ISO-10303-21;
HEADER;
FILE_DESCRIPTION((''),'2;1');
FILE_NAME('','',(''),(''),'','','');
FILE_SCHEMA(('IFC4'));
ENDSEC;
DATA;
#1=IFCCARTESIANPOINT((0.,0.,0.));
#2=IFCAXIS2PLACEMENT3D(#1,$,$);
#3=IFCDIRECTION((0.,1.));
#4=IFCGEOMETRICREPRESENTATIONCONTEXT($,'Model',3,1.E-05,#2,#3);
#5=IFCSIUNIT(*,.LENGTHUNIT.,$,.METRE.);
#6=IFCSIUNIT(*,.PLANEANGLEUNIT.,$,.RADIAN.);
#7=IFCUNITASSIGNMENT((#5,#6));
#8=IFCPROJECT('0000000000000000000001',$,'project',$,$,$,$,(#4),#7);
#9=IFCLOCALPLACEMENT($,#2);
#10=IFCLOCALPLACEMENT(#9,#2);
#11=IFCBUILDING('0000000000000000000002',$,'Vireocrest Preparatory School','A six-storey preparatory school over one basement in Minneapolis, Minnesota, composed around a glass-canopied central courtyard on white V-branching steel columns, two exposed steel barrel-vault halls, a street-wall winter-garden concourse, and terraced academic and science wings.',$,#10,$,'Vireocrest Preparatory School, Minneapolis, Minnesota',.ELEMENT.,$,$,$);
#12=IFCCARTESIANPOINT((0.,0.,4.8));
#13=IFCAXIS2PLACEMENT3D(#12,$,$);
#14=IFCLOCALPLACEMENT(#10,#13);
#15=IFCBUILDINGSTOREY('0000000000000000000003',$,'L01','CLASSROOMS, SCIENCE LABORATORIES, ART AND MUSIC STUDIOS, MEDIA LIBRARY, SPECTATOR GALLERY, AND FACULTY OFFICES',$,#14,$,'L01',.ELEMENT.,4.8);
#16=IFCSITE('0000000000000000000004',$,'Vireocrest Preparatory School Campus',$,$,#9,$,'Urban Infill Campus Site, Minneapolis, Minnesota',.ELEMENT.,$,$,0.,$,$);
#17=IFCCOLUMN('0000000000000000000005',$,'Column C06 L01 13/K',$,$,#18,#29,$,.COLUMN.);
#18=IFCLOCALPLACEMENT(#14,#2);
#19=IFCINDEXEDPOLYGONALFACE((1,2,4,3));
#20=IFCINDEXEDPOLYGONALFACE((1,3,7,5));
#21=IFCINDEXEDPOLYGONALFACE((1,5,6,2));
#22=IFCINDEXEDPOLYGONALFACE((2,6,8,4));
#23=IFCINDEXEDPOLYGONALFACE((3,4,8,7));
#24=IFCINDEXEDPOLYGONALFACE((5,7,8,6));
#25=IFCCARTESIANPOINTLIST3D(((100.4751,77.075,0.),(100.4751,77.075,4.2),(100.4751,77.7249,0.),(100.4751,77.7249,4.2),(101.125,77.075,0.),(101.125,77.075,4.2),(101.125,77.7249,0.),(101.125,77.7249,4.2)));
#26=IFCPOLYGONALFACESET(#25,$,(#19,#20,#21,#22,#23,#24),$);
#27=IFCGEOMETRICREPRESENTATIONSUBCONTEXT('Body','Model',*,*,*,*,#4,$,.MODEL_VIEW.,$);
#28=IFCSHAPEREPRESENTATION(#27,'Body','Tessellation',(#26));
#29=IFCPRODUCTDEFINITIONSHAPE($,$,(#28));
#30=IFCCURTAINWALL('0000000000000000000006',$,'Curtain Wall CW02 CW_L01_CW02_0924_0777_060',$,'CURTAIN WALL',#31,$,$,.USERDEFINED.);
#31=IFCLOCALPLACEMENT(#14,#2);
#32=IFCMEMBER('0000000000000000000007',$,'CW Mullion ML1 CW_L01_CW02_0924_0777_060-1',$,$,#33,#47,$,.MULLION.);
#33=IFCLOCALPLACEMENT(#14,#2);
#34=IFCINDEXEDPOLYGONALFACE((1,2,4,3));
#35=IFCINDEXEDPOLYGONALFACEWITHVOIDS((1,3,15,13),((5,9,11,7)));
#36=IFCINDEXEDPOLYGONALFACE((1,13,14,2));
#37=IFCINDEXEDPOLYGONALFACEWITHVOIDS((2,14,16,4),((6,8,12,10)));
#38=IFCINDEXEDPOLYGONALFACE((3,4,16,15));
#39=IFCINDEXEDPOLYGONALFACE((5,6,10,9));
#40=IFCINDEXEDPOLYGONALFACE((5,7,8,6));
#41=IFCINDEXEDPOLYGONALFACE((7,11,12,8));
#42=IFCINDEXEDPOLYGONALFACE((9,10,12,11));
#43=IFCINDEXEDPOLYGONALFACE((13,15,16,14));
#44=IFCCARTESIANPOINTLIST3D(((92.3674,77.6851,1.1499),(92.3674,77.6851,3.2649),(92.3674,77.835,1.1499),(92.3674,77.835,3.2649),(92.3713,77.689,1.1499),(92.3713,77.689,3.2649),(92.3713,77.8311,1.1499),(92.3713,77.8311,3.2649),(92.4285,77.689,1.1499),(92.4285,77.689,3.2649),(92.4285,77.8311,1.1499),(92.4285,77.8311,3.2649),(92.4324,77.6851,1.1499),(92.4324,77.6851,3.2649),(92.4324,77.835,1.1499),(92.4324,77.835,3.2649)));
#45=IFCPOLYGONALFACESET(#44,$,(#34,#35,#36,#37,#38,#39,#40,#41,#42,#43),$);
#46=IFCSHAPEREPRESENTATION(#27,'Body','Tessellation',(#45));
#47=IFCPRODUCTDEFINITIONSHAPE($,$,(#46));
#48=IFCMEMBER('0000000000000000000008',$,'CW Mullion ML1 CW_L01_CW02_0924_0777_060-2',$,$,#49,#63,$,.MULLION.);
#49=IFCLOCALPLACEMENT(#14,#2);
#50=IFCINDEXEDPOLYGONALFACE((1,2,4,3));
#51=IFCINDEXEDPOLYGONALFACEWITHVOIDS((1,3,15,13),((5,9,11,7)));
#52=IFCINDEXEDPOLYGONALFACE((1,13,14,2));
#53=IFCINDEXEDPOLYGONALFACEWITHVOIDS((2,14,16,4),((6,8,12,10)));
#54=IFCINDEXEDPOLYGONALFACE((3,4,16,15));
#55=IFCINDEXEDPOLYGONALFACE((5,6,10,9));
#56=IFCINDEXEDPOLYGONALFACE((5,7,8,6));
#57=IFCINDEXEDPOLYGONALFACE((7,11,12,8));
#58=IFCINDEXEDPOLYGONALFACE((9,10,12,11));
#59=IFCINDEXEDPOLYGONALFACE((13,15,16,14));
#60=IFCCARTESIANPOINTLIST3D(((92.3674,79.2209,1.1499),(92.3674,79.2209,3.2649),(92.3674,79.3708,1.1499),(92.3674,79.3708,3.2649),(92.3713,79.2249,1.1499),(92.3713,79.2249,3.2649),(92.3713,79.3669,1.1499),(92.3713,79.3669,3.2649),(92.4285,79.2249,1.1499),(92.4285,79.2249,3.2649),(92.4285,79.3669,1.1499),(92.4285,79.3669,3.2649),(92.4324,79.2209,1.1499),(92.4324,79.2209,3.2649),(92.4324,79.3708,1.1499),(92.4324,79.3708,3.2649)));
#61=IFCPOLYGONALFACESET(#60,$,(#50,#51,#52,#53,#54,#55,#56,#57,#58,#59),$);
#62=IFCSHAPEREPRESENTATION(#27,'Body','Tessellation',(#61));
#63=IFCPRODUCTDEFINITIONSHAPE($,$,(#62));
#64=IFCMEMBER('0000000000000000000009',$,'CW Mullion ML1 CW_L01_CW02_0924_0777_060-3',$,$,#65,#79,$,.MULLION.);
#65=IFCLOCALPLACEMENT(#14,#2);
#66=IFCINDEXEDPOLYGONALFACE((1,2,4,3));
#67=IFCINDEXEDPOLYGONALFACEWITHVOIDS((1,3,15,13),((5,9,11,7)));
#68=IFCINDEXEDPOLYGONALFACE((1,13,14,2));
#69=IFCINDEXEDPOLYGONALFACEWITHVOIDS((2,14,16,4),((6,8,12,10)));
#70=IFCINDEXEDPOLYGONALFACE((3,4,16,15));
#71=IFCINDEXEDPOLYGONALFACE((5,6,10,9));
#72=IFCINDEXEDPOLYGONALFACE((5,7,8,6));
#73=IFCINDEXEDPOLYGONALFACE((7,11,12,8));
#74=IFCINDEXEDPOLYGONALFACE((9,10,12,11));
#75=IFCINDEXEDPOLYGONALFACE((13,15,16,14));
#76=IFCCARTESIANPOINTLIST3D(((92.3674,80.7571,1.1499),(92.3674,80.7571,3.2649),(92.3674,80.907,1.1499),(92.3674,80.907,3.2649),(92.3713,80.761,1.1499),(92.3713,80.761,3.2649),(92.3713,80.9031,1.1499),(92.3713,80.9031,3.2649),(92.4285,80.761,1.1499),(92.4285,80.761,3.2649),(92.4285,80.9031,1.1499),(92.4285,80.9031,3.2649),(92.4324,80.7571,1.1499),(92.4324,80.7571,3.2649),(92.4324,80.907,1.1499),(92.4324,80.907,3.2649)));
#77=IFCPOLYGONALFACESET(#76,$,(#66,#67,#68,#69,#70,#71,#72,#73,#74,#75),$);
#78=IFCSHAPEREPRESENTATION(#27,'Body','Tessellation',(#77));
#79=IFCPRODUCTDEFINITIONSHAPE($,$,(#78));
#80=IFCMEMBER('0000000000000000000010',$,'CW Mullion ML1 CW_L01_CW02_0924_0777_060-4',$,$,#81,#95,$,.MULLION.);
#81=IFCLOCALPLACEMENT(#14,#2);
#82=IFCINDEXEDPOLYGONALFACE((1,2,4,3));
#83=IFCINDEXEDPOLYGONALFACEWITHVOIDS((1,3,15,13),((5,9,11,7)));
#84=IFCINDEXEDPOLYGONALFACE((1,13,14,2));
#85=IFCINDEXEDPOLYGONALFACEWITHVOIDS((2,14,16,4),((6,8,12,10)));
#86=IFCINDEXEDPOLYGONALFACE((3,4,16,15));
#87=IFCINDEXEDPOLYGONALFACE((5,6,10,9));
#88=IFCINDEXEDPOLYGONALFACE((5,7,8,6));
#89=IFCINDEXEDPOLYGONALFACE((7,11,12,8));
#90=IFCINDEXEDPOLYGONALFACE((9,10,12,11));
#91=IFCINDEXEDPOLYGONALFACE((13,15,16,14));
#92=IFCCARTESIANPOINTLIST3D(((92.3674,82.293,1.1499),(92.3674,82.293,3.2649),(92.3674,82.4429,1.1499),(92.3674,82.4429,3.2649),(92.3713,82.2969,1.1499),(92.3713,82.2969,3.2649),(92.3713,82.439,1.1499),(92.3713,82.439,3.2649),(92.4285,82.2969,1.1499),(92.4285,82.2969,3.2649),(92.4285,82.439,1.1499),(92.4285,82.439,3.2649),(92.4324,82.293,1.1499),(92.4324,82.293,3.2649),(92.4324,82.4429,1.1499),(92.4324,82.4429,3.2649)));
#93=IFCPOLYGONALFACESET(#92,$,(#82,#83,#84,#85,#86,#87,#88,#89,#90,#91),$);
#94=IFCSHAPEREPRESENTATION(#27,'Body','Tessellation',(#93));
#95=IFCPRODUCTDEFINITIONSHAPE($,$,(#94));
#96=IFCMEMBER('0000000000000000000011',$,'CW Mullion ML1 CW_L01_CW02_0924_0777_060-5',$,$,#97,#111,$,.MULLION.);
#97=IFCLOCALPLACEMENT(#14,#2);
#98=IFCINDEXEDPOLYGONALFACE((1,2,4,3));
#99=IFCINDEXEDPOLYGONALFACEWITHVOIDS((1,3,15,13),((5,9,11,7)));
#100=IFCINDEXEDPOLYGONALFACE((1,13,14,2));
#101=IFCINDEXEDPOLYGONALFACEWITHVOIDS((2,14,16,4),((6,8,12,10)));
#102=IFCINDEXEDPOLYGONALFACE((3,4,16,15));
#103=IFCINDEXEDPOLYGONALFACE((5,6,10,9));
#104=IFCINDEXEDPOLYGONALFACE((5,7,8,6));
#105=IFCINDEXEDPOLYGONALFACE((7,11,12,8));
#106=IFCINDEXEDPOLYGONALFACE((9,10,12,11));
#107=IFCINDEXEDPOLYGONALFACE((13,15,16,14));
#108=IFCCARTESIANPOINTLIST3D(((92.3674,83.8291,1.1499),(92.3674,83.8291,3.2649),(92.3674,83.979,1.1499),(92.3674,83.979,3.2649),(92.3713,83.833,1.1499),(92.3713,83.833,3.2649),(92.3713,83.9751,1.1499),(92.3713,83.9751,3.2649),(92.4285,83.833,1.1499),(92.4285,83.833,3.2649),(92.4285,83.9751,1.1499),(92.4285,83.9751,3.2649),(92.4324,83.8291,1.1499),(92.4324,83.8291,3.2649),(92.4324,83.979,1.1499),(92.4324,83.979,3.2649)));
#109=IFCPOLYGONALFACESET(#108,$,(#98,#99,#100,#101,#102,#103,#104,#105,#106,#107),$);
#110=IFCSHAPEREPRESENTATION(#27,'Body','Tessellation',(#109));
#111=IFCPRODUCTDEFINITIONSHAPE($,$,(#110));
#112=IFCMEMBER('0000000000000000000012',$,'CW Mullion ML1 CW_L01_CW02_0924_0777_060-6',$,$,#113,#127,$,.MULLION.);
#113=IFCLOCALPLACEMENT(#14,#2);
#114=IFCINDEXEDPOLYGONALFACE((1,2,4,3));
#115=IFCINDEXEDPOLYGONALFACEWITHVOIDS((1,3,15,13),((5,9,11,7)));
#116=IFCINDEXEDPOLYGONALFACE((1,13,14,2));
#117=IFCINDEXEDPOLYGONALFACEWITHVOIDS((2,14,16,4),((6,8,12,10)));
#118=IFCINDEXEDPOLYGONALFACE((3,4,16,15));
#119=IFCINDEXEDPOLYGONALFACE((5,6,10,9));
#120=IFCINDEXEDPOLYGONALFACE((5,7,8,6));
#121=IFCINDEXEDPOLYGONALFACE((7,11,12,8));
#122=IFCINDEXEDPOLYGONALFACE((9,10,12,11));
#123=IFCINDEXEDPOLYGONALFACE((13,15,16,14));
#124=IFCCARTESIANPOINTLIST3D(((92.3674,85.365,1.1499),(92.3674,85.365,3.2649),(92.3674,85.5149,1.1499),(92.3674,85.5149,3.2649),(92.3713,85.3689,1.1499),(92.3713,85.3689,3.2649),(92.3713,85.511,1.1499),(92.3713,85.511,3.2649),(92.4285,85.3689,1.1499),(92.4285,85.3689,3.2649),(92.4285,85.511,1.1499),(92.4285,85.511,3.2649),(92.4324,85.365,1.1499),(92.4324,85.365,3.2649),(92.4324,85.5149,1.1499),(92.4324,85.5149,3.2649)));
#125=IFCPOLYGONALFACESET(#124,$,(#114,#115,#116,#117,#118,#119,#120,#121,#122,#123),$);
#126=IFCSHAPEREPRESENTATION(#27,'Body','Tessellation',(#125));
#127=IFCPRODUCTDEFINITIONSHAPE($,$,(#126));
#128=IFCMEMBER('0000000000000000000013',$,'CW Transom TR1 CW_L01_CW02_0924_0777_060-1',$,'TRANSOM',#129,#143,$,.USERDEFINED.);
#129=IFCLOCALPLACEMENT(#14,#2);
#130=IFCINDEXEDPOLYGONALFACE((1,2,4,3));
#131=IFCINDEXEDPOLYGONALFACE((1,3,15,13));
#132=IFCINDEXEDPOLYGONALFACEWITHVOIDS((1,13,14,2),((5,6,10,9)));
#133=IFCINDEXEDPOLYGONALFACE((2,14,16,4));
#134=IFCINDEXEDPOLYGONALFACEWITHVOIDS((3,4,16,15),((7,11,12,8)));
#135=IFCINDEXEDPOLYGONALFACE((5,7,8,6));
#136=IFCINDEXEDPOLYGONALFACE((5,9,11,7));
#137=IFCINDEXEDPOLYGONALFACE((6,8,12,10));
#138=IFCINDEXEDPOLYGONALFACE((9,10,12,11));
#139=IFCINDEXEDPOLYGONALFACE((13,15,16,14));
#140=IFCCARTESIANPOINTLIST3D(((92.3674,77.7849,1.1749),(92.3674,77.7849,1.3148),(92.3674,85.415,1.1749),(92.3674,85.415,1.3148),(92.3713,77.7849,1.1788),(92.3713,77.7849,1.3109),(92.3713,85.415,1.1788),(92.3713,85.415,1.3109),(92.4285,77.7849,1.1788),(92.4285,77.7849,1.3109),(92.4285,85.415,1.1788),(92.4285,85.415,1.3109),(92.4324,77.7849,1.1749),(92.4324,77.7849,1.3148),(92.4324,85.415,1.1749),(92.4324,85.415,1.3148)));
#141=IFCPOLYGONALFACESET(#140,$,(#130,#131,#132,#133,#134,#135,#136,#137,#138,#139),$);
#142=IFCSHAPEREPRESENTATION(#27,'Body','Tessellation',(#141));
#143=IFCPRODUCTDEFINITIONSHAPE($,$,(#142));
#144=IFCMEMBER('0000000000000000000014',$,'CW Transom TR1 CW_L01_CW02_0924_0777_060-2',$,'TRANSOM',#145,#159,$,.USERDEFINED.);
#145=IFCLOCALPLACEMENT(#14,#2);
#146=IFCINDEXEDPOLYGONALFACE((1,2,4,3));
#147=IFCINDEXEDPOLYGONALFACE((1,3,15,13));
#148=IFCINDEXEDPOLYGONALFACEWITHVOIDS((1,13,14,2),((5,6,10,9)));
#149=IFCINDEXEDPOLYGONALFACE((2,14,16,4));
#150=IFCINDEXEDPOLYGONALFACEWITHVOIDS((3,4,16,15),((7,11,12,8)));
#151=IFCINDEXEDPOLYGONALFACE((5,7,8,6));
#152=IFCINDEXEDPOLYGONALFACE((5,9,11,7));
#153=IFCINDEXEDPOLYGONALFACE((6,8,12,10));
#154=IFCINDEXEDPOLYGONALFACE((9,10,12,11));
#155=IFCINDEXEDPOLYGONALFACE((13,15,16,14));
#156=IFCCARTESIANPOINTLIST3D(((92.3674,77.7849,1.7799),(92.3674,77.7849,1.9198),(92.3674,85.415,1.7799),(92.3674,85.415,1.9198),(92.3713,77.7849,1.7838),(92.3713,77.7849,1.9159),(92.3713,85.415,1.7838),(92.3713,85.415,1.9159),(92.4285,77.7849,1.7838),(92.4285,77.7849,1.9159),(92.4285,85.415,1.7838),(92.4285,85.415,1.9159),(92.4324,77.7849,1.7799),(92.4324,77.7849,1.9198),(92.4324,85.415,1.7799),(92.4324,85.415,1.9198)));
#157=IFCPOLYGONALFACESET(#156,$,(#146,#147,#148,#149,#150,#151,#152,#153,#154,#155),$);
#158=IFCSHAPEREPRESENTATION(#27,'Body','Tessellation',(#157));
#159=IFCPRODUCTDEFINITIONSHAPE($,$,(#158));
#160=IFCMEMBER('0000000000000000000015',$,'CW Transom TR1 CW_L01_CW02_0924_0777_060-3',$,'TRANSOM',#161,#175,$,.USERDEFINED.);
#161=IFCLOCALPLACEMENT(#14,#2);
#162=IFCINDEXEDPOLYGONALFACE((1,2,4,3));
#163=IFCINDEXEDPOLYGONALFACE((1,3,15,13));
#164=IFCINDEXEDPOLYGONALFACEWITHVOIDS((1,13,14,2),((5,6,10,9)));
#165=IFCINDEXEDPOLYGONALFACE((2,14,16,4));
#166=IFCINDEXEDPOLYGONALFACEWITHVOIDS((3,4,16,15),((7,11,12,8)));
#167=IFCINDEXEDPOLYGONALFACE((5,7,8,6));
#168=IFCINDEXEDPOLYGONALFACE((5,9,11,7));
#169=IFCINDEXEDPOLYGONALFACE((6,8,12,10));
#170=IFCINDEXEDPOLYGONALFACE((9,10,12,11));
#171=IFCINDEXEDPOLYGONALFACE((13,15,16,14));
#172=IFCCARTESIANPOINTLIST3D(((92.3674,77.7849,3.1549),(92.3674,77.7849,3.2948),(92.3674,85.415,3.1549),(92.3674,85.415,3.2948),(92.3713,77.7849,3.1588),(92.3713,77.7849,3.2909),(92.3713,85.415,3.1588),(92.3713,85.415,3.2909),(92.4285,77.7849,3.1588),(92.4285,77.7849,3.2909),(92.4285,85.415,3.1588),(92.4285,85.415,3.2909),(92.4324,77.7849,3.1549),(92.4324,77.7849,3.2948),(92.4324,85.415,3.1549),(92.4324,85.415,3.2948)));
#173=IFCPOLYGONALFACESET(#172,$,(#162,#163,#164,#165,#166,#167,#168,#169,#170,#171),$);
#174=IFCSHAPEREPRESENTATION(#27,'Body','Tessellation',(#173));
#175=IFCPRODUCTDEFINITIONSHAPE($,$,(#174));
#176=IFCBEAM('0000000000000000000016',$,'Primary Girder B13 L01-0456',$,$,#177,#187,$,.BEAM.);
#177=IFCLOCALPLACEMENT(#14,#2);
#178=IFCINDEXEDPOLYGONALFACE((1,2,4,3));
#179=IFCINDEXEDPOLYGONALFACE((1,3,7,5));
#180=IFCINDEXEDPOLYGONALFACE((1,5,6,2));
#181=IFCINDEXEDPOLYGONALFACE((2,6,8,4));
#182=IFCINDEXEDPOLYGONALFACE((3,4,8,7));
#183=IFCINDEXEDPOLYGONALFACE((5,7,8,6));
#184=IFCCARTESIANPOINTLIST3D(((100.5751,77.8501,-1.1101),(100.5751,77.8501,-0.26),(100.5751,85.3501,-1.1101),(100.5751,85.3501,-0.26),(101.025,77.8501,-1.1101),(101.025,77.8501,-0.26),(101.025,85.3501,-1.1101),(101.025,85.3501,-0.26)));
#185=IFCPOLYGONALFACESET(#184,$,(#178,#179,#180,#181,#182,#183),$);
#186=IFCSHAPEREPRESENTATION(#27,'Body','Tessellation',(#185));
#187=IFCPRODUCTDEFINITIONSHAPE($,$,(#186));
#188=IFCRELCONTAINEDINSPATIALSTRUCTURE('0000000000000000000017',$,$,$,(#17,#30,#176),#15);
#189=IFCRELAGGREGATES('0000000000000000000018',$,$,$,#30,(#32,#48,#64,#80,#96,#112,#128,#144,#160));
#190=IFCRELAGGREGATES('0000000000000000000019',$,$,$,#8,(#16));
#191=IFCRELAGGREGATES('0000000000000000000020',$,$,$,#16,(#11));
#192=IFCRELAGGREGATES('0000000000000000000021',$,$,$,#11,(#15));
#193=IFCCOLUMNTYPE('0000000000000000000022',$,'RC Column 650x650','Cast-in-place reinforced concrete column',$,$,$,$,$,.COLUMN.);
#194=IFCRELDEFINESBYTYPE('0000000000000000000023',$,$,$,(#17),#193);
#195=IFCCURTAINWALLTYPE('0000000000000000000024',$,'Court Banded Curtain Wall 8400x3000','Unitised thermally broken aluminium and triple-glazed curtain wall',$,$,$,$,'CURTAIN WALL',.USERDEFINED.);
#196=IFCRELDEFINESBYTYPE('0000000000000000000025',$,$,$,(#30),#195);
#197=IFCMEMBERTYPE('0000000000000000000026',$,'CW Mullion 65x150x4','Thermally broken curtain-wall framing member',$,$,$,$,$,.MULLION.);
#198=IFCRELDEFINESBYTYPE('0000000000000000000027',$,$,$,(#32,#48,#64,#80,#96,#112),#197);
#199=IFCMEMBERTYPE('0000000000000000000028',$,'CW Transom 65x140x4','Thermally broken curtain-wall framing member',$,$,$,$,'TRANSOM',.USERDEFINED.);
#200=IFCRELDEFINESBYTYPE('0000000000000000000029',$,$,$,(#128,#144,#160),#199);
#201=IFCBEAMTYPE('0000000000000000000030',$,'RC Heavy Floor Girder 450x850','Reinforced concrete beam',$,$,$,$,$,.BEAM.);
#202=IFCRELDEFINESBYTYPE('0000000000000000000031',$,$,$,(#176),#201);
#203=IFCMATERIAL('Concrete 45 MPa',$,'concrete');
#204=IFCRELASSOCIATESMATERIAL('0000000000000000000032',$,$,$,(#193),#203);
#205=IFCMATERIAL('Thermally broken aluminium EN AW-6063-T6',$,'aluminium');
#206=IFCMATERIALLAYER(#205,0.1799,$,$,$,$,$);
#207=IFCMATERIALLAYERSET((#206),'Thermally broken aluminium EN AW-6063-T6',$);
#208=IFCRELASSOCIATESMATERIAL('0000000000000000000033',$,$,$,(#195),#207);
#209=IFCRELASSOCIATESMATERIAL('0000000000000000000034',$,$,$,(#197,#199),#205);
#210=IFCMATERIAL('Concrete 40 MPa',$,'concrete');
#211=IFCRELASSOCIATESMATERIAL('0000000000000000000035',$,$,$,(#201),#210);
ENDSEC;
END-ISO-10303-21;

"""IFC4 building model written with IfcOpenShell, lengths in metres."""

from ifc_helpers import new_model, si_unit, direction, frame, origin, origin_2d, place, context, subcontext, project, spatial, rectangle, hollow_rectangle, extrude, material, layer, layer_set, material_profile, profile_set, type_object, element, aggregate, save


model = new_model("IFC4")

# Units and contexts
model_context = context("Model", 3, precision=1e-05, world=origin(), true_north=direction((0.0, 1.0)))
body_context = subcontext(model_context, "Body", "Model", "MODEL_VIEW")
ifc_project = project(units=[si_unit("LENGTHUNIT", "METRE"), si_unit("PLANEANGLEUNIT", "RADIAN")], contexts=[model_context])

# Site, building, storey
site_placement = place(None, origin())
site = spatial("IfcSite", under=ifc_project, at=site_placement, Name="Vireocrest Preparatory School Campus", LongName="Urban Infill Campus Site, Minneapolis, Minnesota", CompositionType="ELEMENT", RefElevation=0.0)
building_placement = place(site_placement, origin())
building = spatial("IfcBuilding", under=site, at=building_placement, Name="Vireocrest Preparatory School", Description="A six-storey preparatory school over one basement in Minneapolis, Minnesota, composed around a glass-canopied central courtyard on white V-branching steel columns, two exposed steel barrel-vault halls, a street-wall winter-garden concourse, and terraced academic and science wings.", LongName="Vireocrest Preparatory School, Minneapolis, Minnesota", CompositionType="ELEMENT")
storey_placement = place(building_placement, frame((0.0, 0.0, 4.8)))
storey = spatial("IfcBuildingStorey", under=building, at=storey_placement, Name="L01", Description="CLASSROOMS, SCIENCE LABORATORIES, ART AND MUSIC STUDIOS, MEDIA LIBRARY, SPECTATOR GALLERY, AND FACULTY OFFICES", LongName="L01", CompositionType="ELEMENT", Elevation=4.8)

# Column
ifc_material_1 = material(Name="Concrete 45 MPa", Category="concrete")
ifc_material_profile_1 = material_profile(ifc_material_1, rectangle(XDim=0.6499, YDim=0.6499, at=origin_2d()), Name="RC 650x650")
ifc_profile_set_1 = profile_set([ifc_material_profile_1], Name="Concrete 45 MPa")
column_type = type_object("IfcColumnType", Name="RC Column 650x650", Description="Cast-in-place reinforced concrete column", PredefinedType="COLUMN", material=ifc_profile_set_1)
column_placement = place(storey_placement, frame((100.8, 77.3999, 0.0), z_axis=(0.0, 0.0, 1.0), x_axis=(1.0, 0.0, 0.0)))
element("IfcColumn", 1, at=column_placement, inside=storey, type_object=column_type, Name="Column C06 L01 13/K", PredefinedType="COLUMN", context=body_context, shape_type="SweptSolid", body=[
    extrude(rectangle(XDim=0.6499, YDim=0.6499, at=origin_2d()), origin(), (0.0, 0.0, 1.0), 4.2),
])

# Curtain wall, members
ifc_material_2 = material(Name="Thermally broken aluminium EN AW-6063-T6", Category="aluminium")
ifc_layer_1 = layer(ifc_material_2, 0.1799)
ifc_layer_set_1 = layer_set([ifc_layer_1], Name="Thermally broken aluminium EN AW-6063-T6")
curtain_wall_type = type_object("IfcCurtainWallType", Name="Court Banded Curtain Wall 8400x3000", Description="Unitised thermally broken aluminium and triple-glazed curtain wall", ElementType="CURTAIN WALL", PredefinedType="USERDEFINED", material=ifc_layer_set_1)
curtain_wall_placement = place(storey_placement, origin())
curtain_wall = element("IfcCurtainWall", 2, at=curtain_wall_placement, inside=storey, type_object=curtain_wall_type, Name="Curtain Wall CW02 CW_L01_CW02_0924_0777_060", ObjectType="CURTAIN WALL", PredefinedType="USERDEFINED")
ifc_material_profile_2 = material_profile(ifc_material_2, hollow_rectangle(XDim=0.0649, YDim=0.1499, WallThickness=0.0039, at=origin_2d()), Name="ALU 65x150x4")
ifc_profile_set_2 = profile_set([ifc_material_profile_2], Name="Thermally broken aluminium EN AW-6063-T6")
member_type_1 = type_object("IfcMemberType", Name="CW Mullion 65x150x4", Description="Thermally broken curtain-wall framing member", PredefinedType="MULLION", material=ifc_profile_set_2)
member_1_placement = place(storey_placement, frame((92.3999, 77.76, 1.1499), z_axis=(0.0, 0.0, 1.0), x_axis=(1.0, 0.0, 0.0)))
member_1 = element("IfcMember", 3, at=member_1_placement, type_object=member_type_1, Name="CW Mullion ML1 CW_L01_CW02_0924_0777_060-1", PredefinedType="MULLION", context=body_context, shape_type="SweptSolid", body=[
    extrude(hollow_rectangle(XDim=0.0649, YDim=0.1499, WallThickness=0.0039, at=origin_2d()), origin(), (0.0, 0.0, 1.0), 2.115),
])
member_2_placement = place(storey_placement, frame((92.3999, 79.2959, 1.1499), z_axis=(0.0, 0.0, 1.0), x_axis=(1.0, 0.0, 0.0)))
member_2 = element("IfcMember", 4, at=member_2_placement, type_object=member_type_1, Name="CW Mullion ML1 CW_L01_CW02_0924_0777_060-2", PredefinedType="MULLION", context=body_context, shape_type="SweptSolid", body=[
    extrude(hollow_rectangle(XDim=0.0649, YDim=0.1499, WallThickness=0.0039, at=origin_2d()), origin(), (0.0, 0.0, 1.0), 2.115),
])
member_3_placement = place(storey_placement, frame((92.3999, 80.832, 1.1499), z_axis=(0.0, 0.0, 1.0), x_axis=(1.0, 0.0, 0.0)))
member_3 = element("IfcMember", 5, at=member_3_placement, type_object=member_type_1, Name="CW Mullion ML1 CW_L01_CW02_0924_0777_060-3", PredefinedType="MULLION", context=body_context, shape_type="SweptSolid", body=[
    extrude(hollow_rectangle(XDim=0.0649, YDim=0.1499, WallThickness=0.0039, at=origin_2d()), origin(), (0.0, 0.0, 1.0), 2.115),
])
member_4_placement = place(storey_placement, frame((92.3999, 82.3679, 1.1499), z_axis=(0.0, 0.0, 1.0), x_axis=(1.0, 0.0, 0.0)))
member_4 = element("IfcMember", 6, at=member_4_placement, type_object=member_type_1, Name="CW Mullion ML1 CW_L01_CW02_0924_0777_060-4", PredefinedType="MULLION", context=body_context, shape_type="SweptSolid", body=[
    extrude(hollow_rectangle(XDim=0.0649, YDim=0.1499, WallThickness=0.0039, at=origin_2d()), origin(), (0.0, 0.0, 1.0), 2.115),
])
member_5_placement = place(storey_placement, frame((92.3999, 83.9041, 1.1499), z_axis=(0.0, 0.0, 1.0), x_axis=(1.0, 0.0, 0.0)))
member_5 = element("IfcMember", 7, at=member_5_placement, type_object=member_type_1, Name="CW Mullion ML1 CW_L01_CW02_0924_0777_060-5", PredefinedType="MULLION", context=body_context, shape_type="SweptSolid", body=[
    extrude(hollow_rectangle(XDim=0.0649, YDim=0.1499, WallThickness=0.0039, at=origin_2d()), origin(), (0.0, 0.0, 1.0), 2.115),
])
member_6_placement = place(storey_placement, frame((92.3999, 85.4399, 1.1499), z_axis=(0.0, 0.0, 1.0), x_axis=(1.0, 0.0, 0.0)))
member_6 = element("IfcMember", 8, at=member_6_placement, type_object=member_type_1, Name="CW Mullion ML1 CW_L01_CW02_0924_0777_060-6", PredefinedType="MULLION", context=body_context, shape_type="SweptSolid", body=[
    extrude(hollow_rectangle(XDim=0.0649, YDim=0.1499, WallThickness=0.0039, at=origin_2d()), origin(), (0.0, 0.0, 1.0), 2.115),
])
ifc_material_profile_3 = material_profile(ifc_material_2, hollow_rectangle(XDim=0.0649, YDim=0.1399, WallThickness=0.0039, at=origin_2d()), Name="ALU 65x140x4")
ifc_profile_set_3 = profile_set([ifc_material_profile_3], Name="Thermally broken aluminium EN AW-6063-T6")
member_type_2 = type_object("IfcMemberType", Name="CW Transom 65x140x4", Description="Thermally broken curtain-wall framing member", ElementType="TRANSOM", PredefinedType="USERDEFINED", material=ifc_profile_set_3)
member_7_placement = place(storey_placement, frame((92.3999, 77.7849, 1.2449), z_axis=(0.0, 1.0, 0.0), x_axis=(-1.0, 0.0, 0.0)))
member_7 = element("IfcMember", 9, at=member_7_placement, type_object=member_type_2, Name="CW Transom TR1 CW_L01_CW02_0924_0777_060-1", ObjectType="TRANSOM", PredefinedType="USERDEFINED", context=body_context, shape_type="SweptSolid", body=[
    extrude(hollow_rectangle(XDim=0.0649, YDim=0.1399, WallThickness=0.0039, at=origin_2d()), origin(), (0.0, 0.0, 1.0), 7.6301),
])
member_8_placement = place(storey_placement, frame((92.3999, 77.7849, 1.8499), z_axis=(0.0, 1.0, 0.0), x_axis=(-1.0, 0.0, 0.0)))
member_8 = element("IfcMember", 10, at=member_8_placement, type_object=member_type_2, Name="CW Transom TR1 CW_L01_CW02_0924_0777_060-2", ObjectType="TRANSOM", PredefinedType="USERDEFINED", context=body_context, shape_type="SweptSolid", body=[
    extrude(hollow_rectangle(XDim=0.0649, YDim=0.1399, WallThickness=0.0039, at=origin_2d()), origin(), (0.0, 0.0, 1.0), 7.6301),
])
member_9_placement = place(storey_placement, frame((92.3999, 77.7849, 3.2249), z_axis=(0.0, 1.0, 0.0), x_axis=(-1.0, 0.0, 0.0)))
member_9 = element("IfcMember", 11, at=member_9_placement, type_object=member_type_2, Name="CW Transom TR1 CW_L01_CW02_0924_0777_060-3", ObjectType="TRANSOM", PredefinedType="USERDEFINED", context=body_context, shape_type="SweptSolid", body=[
    extrude(hollow_rectangle(XDim=0.0649, YDim=0.1399, WallThickness=0.0039, at=origin_2d()), origin(), (0.0, 0.0, 1.0), 7.6301),
])

# Beam
ifc_material_3 = material(Name="Concrete 40 MPa", Category="concrete")
ifc_material_profile_4 = material_profile(ifc_material_3, rectangle(XDim=0.45, YDim=0.8501, at=origin_2d()), Name="RC 450x850")
ifc_profile_set_4 = profile_set([ifc_material_profile_4], Name="Concrete 40 MPa")
beam_type_1 = type_object("IfcBeamType", Name="RC Heavy Floor Girder 450x850", Description="Reinforced concrete beam", PredefinedType="BEAM", material=ifc_profile_set_4)
beam_1_placement = place(storey_placement, frame((100.8, 77.8501, -0.6851), z_axis=(0.0, 1.0, 0.0), x_axis=(-1.0, 0.0, 0.0)))
element("IfcBeam", 12, at=beam_1_placement, inside=storey, type_object=beam_type_1, Name="Primary Girder B13 L01-0456", PredefinedType="BEAM", context=body_context, shape_type="SweptSolid", body=[
    extrude(rectangle(XDim=0.45, YDim=0.8501, at=origin_2d()), origin(), (0.0, 0.0, 1.0), 7.5),
])

aggregate(curtain_wall, [member_1, member_2, member_3, member_4, member_5, member_6, member_7, member_8, member_9])

save(model, "model.ifc")
